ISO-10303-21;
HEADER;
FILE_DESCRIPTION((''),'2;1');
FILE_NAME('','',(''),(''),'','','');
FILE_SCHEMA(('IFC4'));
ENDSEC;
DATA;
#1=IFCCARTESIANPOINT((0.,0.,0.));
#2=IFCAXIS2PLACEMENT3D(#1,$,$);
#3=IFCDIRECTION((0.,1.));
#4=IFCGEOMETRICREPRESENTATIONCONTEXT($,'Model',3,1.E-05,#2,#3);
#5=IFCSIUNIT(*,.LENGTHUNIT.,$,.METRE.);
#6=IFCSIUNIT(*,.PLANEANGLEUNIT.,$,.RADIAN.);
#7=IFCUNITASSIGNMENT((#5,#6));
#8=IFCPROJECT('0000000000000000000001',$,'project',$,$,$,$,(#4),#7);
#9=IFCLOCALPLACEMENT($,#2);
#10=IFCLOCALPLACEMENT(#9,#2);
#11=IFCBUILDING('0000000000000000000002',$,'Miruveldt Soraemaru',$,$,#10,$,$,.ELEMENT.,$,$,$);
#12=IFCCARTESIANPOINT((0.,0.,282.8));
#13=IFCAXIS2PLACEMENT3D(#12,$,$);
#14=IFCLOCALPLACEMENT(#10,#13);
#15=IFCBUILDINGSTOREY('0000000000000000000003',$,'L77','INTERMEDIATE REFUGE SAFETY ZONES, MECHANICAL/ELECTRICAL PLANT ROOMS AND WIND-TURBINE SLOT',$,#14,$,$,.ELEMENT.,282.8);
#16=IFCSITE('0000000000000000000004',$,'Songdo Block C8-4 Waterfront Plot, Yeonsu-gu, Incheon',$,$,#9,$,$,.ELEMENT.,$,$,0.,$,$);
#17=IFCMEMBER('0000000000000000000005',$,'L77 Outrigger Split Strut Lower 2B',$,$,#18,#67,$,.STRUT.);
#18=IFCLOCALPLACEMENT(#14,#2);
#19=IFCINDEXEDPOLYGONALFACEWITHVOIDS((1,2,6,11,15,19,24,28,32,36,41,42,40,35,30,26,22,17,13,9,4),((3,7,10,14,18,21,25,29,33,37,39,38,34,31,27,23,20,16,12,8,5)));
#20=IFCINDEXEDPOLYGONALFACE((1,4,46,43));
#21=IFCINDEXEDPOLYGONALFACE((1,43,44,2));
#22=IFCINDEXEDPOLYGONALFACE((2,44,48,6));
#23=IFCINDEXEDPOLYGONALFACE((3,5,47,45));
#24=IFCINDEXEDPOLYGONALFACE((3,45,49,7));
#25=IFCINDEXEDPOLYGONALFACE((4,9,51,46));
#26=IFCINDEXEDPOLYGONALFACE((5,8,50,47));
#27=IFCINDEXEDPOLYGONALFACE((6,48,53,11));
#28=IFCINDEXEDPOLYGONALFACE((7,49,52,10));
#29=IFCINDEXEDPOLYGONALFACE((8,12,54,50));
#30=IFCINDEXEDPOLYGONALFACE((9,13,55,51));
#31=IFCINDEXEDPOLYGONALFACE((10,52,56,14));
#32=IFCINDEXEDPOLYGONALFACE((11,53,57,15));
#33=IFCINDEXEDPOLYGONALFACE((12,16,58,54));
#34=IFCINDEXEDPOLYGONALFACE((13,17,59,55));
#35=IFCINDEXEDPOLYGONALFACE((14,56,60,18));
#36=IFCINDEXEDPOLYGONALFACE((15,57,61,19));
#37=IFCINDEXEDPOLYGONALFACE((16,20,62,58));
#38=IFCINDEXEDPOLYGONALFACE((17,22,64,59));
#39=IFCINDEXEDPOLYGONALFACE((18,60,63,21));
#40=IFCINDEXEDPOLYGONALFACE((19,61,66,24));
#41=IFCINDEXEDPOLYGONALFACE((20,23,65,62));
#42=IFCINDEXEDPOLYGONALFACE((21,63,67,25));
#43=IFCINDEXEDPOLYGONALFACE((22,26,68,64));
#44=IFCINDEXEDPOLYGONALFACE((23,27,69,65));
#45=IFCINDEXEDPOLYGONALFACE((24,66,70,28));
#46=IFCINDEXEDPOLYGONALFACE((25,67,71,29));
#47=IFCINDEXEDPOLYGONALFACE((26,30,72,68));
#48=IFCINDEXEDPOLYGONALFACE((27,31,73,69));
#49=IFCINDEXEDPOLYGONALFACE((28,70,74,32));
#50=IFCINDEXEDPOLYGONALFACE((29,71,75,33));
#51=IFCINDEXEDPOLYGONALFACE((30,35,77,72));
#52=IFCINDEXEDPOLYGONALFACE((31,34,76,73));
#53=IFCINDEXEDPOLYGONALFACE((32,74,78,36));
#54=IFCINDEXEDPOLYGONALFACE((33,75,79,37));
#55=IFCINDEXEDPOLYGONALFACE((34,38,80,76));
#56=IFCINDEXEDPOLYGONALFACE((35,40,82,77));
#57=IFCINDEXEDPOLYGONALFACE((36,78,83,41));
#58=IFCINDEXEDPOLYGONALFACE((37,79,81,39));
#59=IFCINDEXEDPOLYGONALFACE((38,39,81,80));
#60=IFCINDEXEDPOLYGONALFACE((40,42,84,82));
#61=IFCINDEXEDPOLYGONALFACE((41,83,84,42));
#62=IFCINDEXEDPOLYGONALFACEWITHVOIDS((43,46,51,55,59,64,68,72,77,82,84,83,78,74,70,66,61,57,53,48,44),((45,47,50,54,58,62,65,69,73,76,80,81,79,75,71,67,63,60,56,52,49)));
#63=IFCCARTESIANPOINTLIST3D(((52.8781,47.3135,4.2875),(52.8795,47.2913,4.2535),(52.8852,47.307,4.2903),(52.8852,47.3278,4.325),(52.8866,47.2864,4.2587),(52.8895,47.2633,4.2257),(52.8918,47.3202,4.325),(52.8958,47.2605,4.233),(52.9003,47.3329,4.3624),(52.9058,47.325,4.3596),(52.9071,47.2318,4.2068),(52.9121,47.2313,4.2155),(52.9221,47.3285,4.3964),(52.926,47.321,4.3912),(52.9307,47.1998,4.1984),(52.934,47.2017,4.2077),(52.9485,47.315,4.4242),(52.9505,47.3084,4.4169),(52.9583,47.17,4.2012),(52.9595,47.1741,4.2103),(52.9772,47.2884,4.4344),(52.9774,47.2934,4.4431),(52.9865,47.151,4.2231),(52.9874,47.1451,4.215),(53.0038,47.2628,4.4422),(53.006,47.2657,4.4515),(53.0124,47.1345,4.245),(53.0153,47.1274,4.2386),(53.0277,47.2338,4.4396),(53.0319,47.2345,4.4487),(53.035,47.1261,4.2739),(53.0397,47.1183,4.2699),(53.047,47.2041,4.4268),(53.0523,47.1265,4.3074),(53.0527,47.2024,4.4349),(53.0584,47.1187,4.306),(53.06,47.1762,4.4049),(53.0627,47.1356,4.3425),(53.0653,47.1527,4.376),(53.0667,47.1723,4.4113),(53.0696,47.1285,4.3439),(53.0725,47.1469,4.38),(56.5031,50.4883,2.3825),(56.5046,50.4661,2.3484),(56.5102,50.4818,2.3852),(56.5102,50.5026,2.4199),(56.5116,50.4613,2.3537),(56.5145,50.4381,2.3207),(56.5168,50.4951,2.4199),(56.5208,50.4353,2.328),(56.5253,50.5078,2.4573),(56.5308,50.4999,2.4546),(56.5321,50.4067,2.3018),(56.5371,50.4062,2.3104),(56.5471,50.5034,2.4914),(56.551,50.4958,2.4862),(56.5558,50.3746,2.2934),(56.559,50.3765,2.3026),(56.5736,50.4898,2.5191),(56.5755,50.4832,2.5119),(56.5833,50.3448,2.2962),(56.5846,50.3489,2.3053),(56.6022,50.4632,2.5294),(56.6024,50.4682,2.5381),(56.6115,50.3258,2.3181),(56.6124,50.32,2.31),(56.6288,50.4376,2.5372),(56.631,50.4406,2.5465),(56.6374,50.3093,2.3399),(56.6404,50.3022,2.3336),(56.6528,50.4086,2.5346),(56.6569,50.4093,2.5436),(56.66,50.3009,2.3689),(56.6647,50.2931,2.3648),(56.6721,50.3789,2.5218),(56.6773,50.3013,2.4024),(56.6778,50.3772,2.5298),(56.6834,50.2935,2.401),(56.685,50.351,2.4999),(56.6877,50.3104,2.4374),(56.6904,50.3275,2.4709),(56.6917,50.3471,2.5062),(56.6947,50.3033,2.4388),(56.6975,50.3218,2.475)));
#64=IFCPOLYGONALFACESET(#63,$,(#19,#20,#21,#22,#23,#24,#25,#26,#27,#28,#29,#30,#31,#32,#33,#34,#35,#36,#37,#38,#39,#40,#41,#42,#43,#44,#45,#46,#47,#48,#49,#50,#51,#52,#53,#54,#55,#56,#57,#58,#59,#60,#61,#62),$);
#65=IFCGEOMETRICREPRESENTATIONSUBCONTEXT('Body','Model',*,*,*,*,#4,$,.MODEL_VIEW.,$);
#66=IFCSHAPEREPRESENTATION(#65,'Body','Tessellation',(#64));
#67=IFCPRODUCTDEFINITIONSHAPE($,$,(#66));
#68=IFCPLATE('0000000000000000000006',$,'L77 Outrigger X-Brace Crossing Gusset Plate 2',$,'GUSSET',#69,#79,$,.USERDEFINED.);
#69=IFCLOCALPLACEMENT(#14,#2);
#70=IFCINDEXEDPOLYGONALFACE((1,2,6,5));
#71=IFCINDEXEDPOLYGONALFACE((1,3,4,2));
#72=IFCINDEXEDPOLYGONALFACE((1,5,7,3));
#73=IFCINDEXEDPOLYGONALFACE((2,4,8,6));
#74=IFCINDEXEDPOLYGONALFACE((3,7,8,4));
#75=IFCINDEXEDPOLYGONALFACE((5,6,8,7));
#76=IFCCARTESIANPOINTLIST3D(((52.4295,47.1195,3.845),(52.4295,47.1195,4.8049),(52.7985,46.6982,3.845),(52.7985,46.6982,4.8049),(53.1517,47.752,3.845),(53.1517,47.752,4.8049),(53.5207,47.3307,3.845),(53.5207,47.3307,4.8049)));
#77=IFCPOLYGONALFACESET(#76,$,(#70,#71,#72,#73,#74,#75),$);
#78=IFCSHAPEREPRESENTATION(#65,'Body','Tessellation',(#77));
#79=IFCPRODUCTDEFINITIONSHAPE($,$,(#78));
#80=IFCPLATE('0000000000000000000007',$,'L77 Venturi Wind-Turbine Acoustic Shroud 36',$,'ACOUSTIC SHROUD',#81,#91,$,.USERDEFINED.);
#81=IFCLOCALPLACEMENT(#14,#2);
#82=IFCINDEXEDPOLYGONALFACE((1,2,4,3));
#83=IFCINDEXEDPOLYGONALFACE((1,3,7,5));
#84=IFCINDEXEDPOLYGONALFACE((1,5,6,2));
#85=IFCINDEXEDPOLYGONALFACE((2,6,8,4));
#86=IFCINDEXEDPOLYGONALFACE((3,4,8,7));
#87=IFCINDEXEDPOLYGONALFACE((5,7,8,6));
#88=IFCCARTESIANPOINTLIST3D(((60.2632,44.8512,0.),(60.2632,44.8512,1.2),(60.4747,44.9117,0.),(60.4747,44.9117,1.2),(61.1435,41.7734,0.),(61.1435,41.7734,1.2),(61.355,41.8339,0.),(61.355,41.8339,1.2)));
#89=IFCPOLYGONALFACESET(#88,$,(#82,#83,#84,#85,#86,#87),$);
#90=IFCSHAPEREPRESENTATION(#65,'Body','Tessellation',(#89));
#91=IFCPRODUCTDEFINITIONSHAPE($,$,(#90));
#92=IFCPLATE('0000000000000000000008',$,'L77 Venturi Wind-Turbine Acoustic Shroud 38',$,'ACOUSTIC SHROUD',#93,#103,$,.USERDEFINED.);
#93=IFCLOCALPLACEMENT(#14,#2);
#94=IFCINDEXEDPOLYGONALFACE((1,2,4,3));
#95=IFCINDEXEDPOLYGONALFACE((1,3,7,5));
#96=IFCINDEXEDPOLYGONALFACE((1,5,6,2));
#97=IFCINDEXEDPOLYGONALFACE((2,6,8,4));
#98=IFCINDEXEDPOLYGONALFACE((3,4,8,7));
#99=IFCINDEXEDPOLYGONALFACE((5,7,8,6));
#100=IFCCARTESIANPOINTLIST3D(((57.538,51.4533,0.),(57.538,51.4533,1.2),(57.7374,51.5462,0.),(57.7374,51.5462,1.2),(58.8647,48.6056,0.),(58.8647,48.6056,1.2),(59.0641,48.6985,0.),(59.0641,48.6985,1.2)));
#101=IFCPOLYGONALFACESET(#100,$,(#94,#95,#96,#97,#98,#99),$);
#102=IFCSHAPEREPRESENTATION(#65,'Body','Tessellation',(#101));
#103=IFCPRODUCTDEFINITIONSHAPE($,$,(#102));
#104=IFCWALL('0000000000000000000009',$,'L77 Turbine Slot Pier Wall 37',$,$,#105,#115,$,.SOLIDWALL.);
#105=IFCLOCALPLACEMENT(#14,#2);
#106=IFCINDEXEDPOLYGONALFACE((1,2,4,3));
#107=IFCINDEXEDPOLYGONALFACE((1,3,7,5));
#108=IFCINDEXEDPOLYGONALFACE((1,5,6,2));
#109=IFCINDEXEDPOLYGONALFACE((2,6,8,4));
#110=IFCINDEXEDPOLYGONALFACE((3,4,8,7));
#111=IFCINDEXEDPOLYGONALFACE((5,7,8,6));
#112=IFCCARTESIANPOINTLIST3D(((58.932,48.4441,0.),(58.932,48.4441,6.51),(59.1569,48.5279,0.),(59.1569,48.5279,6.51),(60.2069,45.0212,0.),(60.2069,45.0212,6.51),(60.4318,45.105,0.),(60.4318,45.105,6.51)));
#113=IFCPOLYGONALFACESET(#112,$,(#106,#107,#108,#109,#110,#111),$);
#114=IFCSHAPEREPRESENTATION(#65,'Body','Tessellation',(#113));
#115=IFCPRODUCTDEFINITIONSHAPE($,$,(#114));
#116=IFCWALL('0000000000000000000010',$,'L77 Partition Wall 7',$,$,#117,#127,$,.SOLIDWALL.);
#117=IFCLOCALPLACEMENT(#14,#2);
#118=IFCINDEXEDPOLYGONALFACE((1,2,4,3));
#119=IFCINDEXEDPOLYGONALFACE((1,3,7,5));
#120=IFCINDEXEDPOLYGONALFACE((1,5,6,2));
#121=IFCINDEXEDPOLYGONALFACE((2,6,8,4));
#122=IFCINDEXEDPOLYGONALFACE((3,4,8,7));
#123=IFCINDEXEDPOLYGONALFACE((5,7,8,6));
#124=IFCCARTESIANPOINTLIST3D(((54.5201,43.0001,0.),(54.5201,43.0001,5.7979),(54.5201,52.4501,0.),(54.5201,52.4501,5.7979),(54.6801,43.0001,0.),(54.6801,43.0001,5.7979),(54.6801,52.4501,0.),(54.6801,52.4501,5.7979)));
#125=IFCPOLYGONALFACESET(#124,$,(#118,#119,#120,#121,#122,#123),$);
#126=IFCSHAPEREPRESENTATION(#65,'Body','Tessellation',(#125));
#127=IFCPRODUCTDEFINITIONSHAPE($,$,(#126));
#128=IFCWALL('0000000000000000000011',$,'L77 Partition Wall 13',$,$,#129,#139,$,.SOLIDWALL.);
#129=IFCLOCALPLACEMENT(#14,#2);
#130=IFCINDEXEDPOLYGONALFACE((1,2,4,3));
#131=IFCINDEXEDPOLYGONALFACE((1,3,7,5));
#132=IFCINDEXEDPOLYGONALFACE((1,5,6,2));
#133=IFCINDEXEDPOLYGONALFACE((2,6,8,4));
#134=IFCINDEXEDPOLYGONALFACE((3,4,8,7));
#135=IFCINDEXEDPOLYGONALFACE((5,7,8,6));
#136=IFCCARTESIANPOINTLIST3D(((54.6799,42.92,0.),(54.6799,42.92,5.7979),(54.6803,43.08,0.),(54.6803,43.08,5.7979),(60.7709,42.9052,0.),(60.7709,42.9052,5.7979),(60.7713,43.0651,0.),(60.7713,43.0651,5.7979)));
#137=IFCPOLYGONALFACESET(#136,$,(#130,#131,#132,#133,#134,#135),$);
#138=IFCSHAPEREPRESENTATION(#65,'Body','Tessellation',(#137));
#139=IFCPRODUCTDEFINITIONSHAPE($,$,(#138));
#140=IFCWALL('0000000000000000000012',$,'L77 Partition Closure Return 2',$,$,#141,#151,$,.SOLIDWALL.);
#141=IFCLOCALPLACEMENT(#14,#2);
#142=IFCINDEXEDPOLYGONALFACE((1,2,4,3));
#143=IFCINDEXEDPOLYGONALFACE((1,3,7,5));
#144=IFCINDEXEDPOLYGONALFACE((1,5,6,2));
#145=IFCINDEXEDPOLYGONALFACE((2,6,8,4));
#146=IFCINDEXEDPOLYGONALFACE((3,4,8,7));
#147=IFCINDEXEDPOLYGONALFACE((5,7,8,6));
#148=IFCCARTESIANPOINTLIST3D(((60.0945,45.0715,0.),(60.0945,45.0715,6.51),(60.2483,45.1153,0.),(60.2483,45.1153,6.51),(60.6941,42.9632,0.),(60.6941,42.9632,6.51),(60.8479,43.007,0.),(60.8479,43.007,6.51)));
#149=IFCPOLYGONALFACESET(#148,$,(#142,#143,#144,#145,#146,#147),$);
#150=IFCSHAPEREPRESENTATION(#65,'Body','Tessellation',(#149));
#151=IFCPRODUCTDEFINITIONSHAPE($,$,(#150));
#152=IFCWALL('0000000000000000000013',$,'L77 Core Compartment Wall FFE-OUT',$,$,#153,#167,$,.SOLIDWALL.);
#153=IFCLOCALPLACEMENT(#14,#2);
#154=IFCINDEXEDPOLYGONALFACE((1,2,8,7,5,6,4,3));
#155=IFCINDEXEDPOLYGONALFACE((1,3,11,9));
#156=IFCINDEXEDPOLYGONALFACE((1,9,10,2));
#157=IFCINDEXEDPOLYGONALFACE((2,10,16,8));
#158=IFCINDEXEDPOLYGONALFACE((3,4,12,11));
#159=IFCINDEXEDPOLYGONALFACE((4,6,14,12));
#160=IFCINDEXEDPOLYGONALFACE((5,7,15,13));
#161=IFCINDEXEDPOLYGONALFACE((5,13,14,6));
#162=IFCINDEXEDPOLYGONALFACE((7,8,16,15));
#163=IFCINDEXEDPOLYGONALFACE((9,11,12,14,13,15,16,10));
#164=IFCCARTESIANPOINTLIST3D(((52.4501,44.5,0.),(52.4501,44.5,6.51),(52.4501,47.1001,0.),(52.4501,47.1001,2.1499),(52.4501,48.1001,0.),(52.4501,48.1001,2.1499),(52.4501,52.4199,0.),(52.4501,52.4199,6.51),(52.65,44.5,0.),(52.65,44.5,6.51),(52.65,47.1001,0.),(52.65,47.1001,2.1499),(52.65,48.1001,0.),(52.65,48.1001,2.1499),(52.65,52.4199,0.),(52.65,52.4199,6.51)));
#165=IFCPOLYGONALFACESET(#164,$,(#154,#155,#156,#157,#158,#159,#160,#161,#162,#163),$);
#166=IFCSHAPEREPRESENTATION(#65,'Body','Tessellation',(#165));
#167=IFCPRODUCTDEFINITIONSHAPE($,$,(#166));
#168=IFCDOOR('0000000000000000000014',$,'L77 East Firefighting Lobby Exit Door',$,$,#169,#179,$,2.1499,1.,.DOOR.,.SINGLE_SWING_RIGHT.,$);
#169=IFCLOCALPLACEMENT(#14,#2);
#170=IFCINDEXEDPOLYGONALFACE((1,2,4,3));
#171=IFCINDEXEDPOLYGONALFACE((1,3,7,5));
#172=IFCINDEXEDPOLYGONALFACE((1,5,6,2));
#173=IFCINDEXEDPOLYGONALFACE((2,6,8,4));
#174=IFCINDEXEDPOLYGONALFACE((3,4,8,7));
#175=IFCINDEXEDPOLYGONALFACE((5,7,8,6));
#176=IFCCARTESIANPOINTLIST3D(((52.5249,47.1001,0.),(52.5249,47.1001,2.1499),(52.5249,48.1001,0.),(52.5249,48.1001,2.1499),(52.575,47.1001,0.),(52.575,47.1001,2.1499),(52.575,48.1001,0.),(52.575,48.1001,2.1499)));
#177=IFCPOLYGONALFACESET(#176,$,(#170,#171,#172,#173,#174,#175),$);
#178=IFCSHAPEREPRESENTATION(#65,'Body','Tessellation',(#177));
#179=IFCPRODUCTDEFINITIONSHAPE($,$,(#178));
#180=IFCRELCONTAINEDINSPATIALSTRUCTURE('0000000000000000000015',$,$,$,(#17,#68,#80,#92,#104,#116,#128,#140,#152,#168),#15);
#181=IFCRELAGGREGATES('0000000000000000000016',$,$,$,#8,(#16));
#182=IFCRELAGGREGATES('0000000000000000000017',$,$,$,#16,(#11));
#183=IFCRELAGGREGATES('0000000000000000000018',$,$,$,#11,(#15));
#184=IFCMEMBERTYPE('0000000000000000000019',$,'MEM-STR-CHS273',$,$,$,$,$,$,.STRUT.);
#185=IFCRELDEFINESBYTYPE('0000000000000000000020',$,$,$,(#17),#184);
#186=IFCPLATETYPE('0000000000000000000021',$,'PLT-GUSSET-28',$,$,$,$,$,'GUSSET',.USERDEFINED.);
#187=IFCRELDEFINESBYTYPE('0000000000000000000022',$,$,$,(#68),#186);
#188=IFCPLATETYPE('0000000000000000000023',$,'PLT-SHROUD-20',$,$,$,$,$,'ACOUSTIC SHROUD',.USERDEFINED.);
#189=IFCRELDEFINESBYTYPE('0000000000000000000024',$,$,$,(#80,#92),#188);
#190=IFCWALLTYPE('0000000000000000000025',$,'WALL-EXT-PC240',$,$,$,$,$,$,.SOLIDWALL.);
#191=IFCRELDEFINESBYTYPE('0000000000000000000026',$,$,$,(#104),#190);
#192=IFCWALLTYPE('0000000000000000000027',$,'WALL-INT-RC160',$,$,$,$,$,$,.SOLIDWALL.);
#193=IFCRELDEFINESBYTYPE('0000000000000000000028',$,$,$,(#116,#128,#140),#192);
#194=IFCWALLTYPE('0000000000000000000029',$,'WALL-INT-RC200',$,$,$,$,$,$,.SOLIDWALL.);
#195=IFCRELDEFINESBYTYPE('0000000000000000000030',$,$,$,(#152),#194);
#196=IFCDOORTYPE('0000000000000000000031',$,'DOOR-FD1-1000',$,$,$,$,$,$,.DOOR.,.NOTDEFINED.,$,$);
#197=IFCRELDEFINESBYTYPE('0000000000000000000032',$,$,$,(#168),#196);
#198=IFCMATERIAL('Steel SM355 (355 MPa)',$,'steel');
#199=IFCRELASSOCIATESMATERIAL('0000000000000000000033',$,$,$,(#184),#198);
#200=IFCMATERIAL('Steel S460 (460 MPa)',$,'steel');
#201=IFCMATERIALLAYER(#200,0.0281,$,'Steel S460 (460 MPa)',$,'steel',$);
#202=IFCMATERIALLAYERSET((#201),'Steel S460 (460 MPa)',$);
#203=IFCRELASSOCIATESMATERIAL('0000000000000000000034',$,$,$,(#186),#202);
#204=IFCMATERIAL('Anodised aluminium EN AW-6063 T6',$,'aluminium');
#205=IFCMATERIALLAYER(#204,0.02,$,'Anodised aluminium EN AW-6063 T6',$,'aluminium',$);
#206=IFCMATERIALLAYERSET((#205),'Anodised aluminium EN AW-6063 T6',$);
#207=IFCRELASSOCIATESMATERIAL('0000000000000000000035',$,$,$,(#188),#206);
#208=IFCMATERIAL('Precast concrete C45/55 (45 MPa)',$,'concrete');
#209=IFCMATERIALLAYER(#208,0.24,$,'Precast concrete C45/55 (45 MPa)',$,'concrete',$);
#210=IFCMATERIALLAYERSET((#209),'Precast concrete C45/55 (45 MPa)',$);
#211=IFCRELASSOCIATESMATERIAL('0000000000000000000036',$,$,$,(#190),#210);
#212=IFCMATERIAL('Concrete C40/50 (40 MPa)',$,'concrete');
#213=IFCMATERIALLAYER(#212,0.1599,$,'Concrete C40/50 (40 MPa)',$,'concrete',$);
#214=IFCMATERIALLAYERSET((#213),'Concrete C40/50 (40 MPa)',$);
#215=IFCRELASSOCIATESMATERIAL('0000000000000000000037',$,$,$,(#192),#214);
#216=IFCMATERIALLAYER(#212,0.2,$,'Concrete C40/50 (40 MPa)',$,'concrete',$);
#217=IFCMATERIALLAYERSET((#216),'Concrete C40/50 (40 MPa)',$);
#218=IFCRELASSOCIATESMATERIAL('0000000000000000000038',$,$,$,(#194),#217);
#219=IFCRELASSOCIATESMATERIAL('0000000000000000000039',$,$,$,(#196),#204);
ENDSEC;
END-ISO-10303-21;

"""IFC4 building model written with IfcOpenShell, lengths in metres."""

from ifc_helpers import new_model, si_unit, direction, frame, frame_2d, origin, origin_2d, place, context, subcontext, project, spatial, rectangle, hollow_circle, extrude, material, layer, layer_set, material_profile, profile_set, type_object, element, fill, save


model = new_model("IFC4")

# Units and contexts
model_context = context("Model", 3, precision=1e-05, world=origin(), true_north=direction((0.0, 1.0)))
body_context = subcontext(model_context, "Body", "Model", "MODEL_VIEW")
ifc_project = project(units=[si_unit("LENGTHUNIT", "METRE"), si_unit("PLANEANGLEUNIT", "RADIAN")], contexts=[model_context])

# Site, building, storey
site_placement = place(None, origin())
site = spatial("IfcSite", under=ifc_project, at=site_placement, Name="Songdo Block C8-4 Waterfront Plot, Yeonsu-gu, Incheon", CompositionType="ELEMENT", RefElevation=0.0)
building_placement = place(site_placement, origin())
building = spatial("IfcBuilding", under=site, at=building_placement, Name="Miruveldt Soraemaru", CompositionType="ELEMENT")
storey_placement = place(building_placement, frame((0.0, 0.0, 282.8)))
storey = spatial("IfcBuildingStorey", under=building, at=storey_placement, Name="L77", Description="INTERMEDIATE REFUGE SAFETY ZONES, MECHANICAL/ELECTRICAL PLANT ROOMS AND WIND-TURBINE SLOT", CompositionType="ELEMENT", Elevation=282.8)

# Member
ifc_material_1 = material(Name="Steel SM355 (355 MPa)", Category="steel")
ifc_material_profile = material_profile(ifc_material_1, hollow_circle(Radius=0.1365, WallThickness=0.01, at=origin_2d()), Name="Steel SM355 (355 MPa)", Category="steel")
ifc_profile_set = profile_set([ifc_material_profile], Name="Steel SM355 (355 MPa)")
member_type = type_object("IfcMemberType", Name="MEM-STR-CHS273", PredefinedType="STRUT", material=ifc_profile_set)
member_placement = place(storey_placement, frame((52.9751, 47.2251, 4.325), z_axis=(0.699589, 0.612705, -0.367652), x_axis=(-0.658849, 0.752275, 0.0)))
element("IfcMember", 1, at=member_placement, inside=storey, type_object=member_type, Name="L77 Outrigger Split Strut Lower 2B", PredefinedType="STRUT", context=body_context, shape_type="SweptSolid", body=[
    extrude(hollow_circle(Radius=0.1365, WallThickness=0.01, at=origin_2d()), origin(), (0.0, 0.0, 1.0), 5.1816),
])

# Plates
ifc_material_2 = material(Name="Steel S460 (460 MPa)", Category="steel")
ifc_layer_1 = layer(ifc_material_2, 0.0281, Name="Steel S460 (460 MPa)", Category="steel")
ifc_layer_set_1 = layer_set([ifc_layer_1], Name="Steel S460 (460 MPa)")
plate_type_1 = type_object("IfcPlateType", Name="PLT-GUSSET-28", ElementType="GUSSET", PredefinedType="USERDEFINED", material=ifc_layer_set_1)
plate_1_placement = place(storey_placement, frame((52.9751, 47.2251, 3.845), z_axis=(0.0, 0.0, 1.0), x_axis=(0.7523, 0.658821, 0.0)))
element("IfcPlate", 2, at=plate_1_placement, inside=storey, type_object=plate_type_1, Name="L77 Outrigger X-Brace Crossing Gusset Plate 2", ObjectType="GUSSET", PredefinedType="USERDEFINED", context=body_context, shape_type="SweptSolid", body=[
    extrude(rectangle(XDim=0.96, YDim=0.5601, at=origin_2d()), origin(), (0.0, 0.0, 1.0), 0.96),
])
ifc_material_3 = material(Name="Anodised aluminium EN AW-6063 T6", Category="aluminium")
ifc_layer_2 = layer(ifc_material_3, 0.02, Name="Anodised aluminium EN AW-6063 T6", Category="aluminium")
ifc_layer_set_2 = layer_set([ifc_layer_2], Name="Anodised aluminium EN AW-6063 T6")
plate_type_2 = type_object("IfcPlateType", Name="PLT-SHROUD-20", ElementType="ACOUSTIC SHROUD", PredefinedType="USERDEFINED", material=ifc_layer_set_2)
plate_2_placement = place(storey_placement, frame((60.8091, 43.3425, 0.0), z_axis=(0.0, 0.0, 1.0), x_axis=(-0.274983, 0.961449, 0.0)))
element("IfcPlate", 3, at=plate_2_placement, inside=storey, type_object=plate_type_2, Name="L77 Venturi Wind-Turbine Acoustic Shroud 36", ObjectType="ACOUSTIC SHROUD", PredefinedType="USERDEFINED", context=body_context, shape_type="SweptSolid", body=[
    extrude(rectangle(XDim=3.2012, YDim=0.22, at=origin_2d()), origin(), (0.0, 0.0, 1.0), 1.2),
])
plate_3_placement = place(storey_placement, frame((58.301, 50.0759, 0.0), z_axis=(0.0, 0.0, 1.0), x_axis=(-0.422302, 0.906455, 0.0)))
element("IfcPlate", 4, at=plate_3_placement, inside=storey, type_object=plate_type_2, Name="L77 Venturi Wind-Turbine Acoustic Shroud 38", ObjectType="ACOUSTIC SHROUD", PredefinedType="USERDEFINED", context=body_context, shape_type="SweptSolid", body=[
    extrude(rectangle(XDim=3.1416, YDim=0.22, at=origin_2d()), origin(), (0.0, 0.0, 1.0), 1.2),
])

# Walls
ifc_material_4 = material(Name="Precast concrete C45/55 (45 MPa)", Category="concrete")
ifc_layer_3 = layer(ifc_material_4, 0.24, Name="Precast concrete C45/55 (45 MPa)", Category="concrete")
ifc_layer_set_3 = layer_set([ifc_layer_3], Name="Precast concrete C45/55 (45 MPa)")
wall_type_1 = type_object("IfcWallType", Name="WALL-EXT-PC240", PredefinedType="SOLIDWALL", material=ifc_layer_set_3)
wall_1_placement = place(storey_placement, frame((60.3193, 45.0632, 0.0), z_axis=(0.0, 0.0, 1.0), x_axis=(-0.349042, 0.937107, 0.0)))
element("IfcWall", 5, at=wall_1_placement, inside=storey, type_object=wall_type_1, Name="L77 Turbine Slot Pier Wall 37", PredefinedType="SOLIDWALL", context=body_context, shape_type="SweptSolid", body=[
    extrude(rectangle(XDim=3.6526, YDim=0.24, at=frame_2d((1.8262, 0.0))), origin(), (0.0, 0.0, 1.0), 6.51),
])
ifc_material_5 = material(Name="Concrete C40/50 (40 MPa)", Category="concrete")
ifc_layer_4 = layer(ifc_material_5, 0.1599, Name="Concrete C40/50 (40 MPa)", Category="concrete")
ifc_layer_set_4 = layer_set([ifc_layer_4], Name="Concrete C40/50 (40 MPa)")
wall_type_2 = type_object("IfcWallType", Name="WALL-INT-RC160", PredefinedType="SOLIDWALL", material=ifc_layer_set_4)
wall_2_placement = place(storey_placement, frame((54.6001, 43.0, 0.0), z_axis=(0.0, 0.0, 1.0), x_axis=(0.0, 1.0, 0.0)))
element("IfcWall", 6, at=wall_2_placement, inside=storey, type_object=wall_type_2, Name="L77 Partition Wall 7", PredefinedType="SOLIDWALL", context=body_context, shape_type="SweptSolid", body=[
    extrude(rectangle(XDim=9.45, YDim=0.1599, at=frame_2d((4.7251, 0.0))), origin(), (0.0, 0.0, 1.0), 5.7979),
])
wall_3_placement = place(storey_placement, frame((60.771, 42.9851, 0.0), z_axis=(0.0, 0.0, 1.0), x_axis=(-0.999997, 0.002445, 0.0)))
element("IfcWall", 7, at=wall_3_placement, inside=storey, type_object=wall_type_2, Name="L77 Partition Wall 13", PredefinedType="SOLIDWALL", context=body_context, shape_type="SweptSolid", body=[
    extrude(rectangle(XDim=6.0911, YDim=0.1599, at=frame_2d((3.0454, 0.0))), origin(), (0.0, 0.0, 1.0), 5.7979),
])
wall_4_placement = place(storey_placement, frame((60.771, 42.9851, 0.0), z_axis=(0.0, 0.0, 1.0), x_axis=(-0.273544, 0.961859, 0.0)))
element("IfcWall", 8, at=wall_4_placement, inside=storey, type_object=wall_type_2, Name="L77 Partition Closure Return 2", PredefinedType="SOLIDWALL", context=body_context, shape_type="SweptSolid", body=[
    extrude(rectangle(XDim=2.1919, YDim=0.1599, at=frame_2d((1.0959, 0.0))), origin(), (0.0, 0.0, 1.0), 6.51),
])

# Wall, opening, door
ifc_layer_5 = layer(ifc_material_5, 0.2, Name="Concrete C40/50 (40 MPa)", Category="concrete")
ifc_layer_set_5 = layer_set([ifc_layer_5], Name="Concrete C40/50 (40 MPa)")
wall_type_3 = type_object("IfcWallType", Name="WALL-INT-RC200", PredefinedType="SOLIDWALL", material=ifc_layer_set_5)
wall_5_placement = place(storey_placement, frame((52.55, 44.5, 0.0), z_axis=(0.0, 0.0, 1.0), x_axis=(0.0, 1.0, 0.0)))
wall_5 = element("IfcWall", 9, at=wall_5_placement, inside=storey, type_object=wall_type_3, Name="L77 Core Compartment Wall FFE-OUT", PredefinedType="SOLIDWALL", context=body_context, shape_type="SweptSolid", body=[
    extrude(rectangle(XDim=7.9199, YDim=0.2, at=frame_2d((3.96, 0.0))), origin(), (0.0, 0.0, 1.0), 6.51),
])
opening_1_placement = place(wall_5_placement, frame((2.6001, 0.0, 0.0)))
opening_1 = element("IfcOpeningElement", 10, at=opening_1_placement, cuts=wall_5, PredefinedType="OPENING", context=body_context, shape_type="SweptSolid", body=[
    extrude(rectangle(XDim=1.0, YDim=2.1499, at=frame_2d((0.5, 1.075))), frame((0.0, 0.1099, 0.0), z_axis=(0.0, -1.0, 0.0), x_axis=(1.0, 0.0, 0.0)), (0.0, 0.0, 1.0), 0.22),
])
door_type = type_object("IfcDoorType", Name="DOOR-FD1-1000", OperationType="NOTDEFINED", PredefinedType="DOOR", material=ifc_material_3)
door_1_placement = place(opening_1_placement, frame((1.0, 0.0, 0.0), z_axis=(0.0, 0.0, 1.0), x_axis=(-1.0, 0.0, 0.0)))
door_1 = element("IfcDoor", 11, at=door_1_placement, inside=storey, type_object=door_type, Name="L77 East Firefighting Lobby Exit Door", OperationType="SINGLE_SWING_RIGHT", OverallHeight=2.1499, OverallWidth=1.0, PredefinedType="DOOR", context=body_context, shape_type="SweptSolid", body=[
    extrude(rectangle(XDim=1.0, YDim=2.1499, at=frame_2d((0.5, 1.075))), frame((0.0, 0.0249, 0.0), z_axis=(0.0, -1.0, 0.0), x_axis=(1.0, 0.0, 0.0)), (0.0, 0.0, 1.0), 0.05),
])
fill(opening_1, door_1)

save(model, "model.ifc")
